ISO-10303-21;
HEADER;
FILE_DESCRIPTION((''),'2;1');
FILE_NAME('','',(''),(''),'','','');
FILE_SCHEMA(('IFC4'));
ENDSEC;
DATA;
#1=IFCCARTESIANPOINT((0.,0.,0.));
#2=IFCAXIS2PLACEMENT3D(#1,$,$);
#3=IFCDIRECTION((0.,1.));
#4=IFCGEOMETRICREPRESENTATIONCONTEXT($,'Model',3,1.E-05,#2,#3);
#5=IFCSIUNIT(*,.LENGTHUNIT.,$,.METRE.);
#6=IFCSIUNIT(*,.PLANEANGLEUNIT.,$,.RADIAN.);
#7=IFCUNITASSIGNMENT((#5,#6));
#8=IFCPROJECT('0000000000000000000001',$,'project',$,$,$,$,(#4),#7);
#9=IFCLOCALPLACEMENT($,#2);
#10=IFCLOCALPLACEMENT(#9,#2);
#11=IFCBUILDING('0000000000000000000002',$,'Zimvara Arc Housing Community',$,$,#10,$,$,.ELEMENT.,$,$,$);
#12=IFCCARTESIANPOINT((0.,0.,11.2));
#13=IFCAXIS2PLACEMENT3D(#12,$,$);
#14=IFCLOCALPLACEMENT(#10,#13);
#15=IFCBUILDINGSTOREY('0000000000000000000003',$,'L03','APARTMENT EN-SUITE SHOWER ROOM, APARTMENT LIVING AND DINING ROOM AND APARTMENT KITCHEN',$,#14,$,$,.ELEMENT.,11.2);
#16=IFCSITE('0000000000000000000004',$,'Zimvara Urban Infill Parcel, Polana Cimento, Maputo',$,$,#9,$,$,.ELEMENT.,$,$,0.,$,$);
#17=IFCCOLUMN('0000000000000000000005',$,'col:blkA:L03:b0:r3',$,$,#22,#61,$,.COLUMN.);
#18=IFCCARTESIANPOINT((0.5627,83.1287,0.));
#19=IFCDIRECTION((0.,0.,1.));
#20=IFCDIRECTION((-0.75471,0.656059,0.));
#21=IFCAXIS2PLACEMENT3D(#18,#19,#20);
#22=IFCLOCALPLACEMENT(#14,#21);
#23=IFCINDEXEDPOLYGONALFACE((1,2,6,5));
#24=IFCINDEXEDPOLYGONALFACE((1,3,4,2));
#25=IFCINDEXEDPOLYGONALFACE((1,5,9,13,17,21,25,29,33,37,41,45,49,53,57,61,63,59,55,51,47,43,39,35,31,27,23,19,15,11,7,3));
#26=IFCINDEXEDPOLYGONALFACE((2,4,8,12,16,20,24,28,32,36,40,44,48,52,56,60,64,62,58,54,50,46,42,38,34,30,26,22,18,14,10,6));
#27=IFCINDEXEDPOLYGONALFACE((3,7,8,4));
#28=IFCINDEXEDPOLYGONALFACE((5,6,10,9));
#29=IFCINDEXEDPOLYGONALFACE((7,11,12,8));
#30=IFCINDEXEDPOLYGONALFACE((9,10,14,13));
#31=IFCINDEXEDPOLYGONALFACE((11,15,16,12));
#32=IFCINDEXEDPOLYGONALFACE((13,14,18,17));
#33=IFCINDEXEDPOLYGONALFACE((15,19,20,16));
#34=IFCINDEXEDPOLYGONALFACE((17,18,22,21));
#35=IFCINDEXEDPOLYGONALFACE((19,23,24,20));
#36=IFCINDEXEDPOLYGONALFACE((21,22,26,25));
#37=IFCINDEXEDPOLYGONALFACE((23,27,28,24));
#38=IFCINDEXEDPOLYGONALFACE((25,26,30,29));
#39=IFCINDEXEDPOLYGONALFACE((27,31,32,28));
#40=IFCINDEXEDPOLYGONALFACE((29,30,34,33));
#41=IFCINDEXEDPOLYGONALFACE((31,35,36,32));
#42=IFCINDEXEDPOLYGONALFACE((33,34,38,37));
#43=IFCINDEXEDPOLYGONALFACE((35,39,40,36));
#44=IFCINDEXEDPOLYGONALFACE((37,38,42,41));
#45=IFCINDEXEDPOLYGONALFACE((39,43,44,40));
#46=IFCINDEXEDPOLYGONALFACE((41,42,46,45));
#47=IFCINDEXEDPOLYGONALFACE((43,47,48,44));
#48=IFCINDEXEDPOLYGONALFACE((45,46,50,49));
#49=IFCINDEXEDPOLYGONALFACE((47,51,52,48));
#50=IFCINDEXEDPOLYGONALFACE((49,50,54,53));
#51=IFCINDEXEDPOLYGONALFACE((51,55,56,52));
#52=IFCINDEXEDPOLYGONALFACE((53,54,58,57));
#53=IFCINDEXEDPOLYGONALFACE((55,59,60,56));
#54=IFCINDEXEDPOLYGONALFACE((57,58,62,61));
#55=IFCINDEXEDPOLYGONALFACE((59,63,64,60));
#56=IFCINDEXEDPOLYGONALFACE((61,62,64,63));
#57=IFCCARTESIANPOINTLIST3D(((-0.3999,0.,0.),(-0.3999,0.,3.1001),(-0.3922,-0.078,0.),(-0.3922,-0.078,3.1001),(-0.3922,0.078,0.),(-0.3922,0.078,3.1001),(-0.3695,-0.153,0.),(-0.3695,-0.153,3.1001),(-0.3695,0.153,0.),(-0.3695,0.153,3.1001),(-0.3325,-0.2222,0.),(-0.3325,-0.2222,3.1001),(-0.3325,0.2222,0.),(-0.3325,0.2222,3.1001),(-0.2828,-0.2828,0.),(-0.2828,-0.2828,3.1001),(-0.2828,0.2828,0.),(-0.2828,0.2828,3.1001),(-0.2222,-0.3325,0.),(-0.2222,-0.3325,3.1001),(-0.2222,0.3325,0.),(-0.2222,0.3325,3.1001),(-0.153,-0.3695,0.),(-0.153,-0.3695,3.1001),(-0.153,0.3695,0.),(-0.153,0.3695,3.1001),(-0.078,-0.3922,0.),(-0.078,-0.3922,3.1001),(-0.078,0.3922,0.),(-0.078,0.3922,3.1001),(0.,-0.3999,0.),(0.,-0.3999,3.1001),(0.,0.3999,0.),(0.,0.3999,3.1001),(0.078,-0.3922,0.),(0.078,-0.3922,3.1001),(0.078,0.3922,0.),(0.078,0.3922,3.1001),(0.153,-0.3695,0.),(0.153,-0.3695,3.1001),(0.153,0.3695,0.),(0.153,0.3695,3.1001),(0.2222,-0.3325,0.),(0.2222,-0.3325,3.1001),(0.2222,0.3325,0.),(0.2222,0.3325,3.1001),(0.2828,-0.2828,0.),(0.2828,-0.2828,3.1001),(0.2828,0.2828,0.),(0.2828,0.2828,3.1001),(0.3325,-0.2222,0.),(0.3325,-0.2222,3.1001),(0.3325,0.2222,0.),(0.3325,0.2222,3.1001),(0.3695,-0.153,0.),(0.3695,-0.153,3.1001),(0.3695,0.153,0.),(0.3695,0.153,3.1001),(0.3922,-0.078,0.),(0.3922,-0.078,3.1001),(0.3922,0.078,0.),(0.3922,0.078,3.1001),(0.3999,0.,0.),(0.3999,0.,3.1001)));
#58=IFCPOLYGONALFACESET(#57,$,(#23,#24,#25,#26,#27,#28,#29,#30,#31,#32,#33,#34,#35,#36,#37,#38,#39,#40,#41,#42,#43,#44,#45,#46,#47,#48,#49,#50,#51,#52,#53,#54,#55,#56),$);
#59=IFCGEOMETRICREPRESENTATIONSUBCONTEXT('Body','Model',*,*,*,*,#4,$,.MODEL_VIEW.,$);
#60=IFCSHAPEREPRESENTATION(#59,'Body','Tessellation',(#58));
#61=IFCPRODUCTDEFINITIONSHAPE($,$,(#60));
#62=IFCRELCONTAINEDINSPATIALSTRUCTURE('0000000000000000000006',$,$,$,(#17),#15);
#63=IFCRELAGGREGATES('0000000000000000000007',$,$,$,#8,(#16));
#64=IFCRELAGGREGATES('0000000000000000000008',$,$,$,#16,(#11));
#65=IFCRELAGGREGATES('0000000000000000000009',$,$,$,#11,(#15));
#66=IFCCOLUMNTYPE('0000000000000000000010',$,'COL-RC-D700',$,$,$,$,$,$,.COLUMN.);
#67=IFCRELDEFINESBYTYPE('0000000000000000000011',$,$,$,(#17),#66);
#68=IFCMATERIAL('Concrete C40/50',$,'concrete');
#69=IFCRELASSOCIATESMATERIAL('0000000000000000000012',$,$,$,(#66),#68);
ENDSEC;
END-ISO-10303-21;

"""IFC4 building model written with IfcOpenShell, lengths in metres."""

from ifc_helpers import new_model, si_unit, direction, frame, origin, origin_2d, place, context, subcontext, project, spatial, circle, extrude, material, material_profile, profile_set, type_object, element, save


model = new_model("IFC4")

# Units and contexts
model_context = context("Model", 3, precision=1e-05, world=origin(), true_north=direction((0.0, 1.0)))
body_context = subcontext(model_context, "Body", "Model", "MODEL_VIEW")
ifc_project = project(units=[si_unit("LENGTHUNIT", "METRE"), si_unit("PLANEANGLEUNIT", "RADIAN")], contexts=[model_context])

# Site, building, storey
site_placement = place(None, origin())
site = spatial("IfcSite", under=ifc_project, at=site_placement, Name="Zimvara Urban Infill Parcel, Polana Cimento, Maputo", CompositionType="ELEMENT", RefElevation=0.0)
building_placement = place(site_placement, origin())
building = spatial("IfcBuilding", under=site, at=building_placement, Name="Zimvara Arc Housing Community", CompositionType="ELEMENT")
storey_placement = place(building_placement, frame((0.0, 0.0, 11.2)))
storey = spatial("IfcBuildingStorey", under=building, at=storey_placement, Name="L03", Description="APARTMENT EN-SUITE SHOWER ROOM, APARTMENT LIVING AND DINING ROOM AND APARTMENT KITCHEN", CompositionType="ELEMENT", Elevation=11.2)

# Column
ifc_material_1 = material(Name="Concrete C40/50", Category="concrete")
ifc_material_profile_1 = material_profile(ifc_material_1, circle(Radius=0.3999, at=origin_2d()), Name="RC D800")
ifc_profile_set_1 = profile_set([ifc_material_profile_1], Name="Concrete C40/50")
column_type_1 = type_object("IfcColumnType", Name="COL-RC-D700", PredefinedType="COLUMN", material=ifc_profile_set_1)
column_1_placement = place(storey_placement, frame((0.5627, 83.1287, 0.0), z_axis=(0.0, 0.0, 1.0), x_axis=(-0.75471, 0.656059, 0.0)))
element("IfcColumn", 1, at=column_1_placement, inside=storey, type_object=column_type_1, Name="col:blkA:L03:b0:r3", PredefinedType="COLUMN", context=body_context, shape_type="SweptSolid", body=[
    extrude(circle(Radius=0.3999, at=origin_2d()), origin(), (0.0, 0.0, 1.0), 3.1001),
])

save(model, "model.ifc")
